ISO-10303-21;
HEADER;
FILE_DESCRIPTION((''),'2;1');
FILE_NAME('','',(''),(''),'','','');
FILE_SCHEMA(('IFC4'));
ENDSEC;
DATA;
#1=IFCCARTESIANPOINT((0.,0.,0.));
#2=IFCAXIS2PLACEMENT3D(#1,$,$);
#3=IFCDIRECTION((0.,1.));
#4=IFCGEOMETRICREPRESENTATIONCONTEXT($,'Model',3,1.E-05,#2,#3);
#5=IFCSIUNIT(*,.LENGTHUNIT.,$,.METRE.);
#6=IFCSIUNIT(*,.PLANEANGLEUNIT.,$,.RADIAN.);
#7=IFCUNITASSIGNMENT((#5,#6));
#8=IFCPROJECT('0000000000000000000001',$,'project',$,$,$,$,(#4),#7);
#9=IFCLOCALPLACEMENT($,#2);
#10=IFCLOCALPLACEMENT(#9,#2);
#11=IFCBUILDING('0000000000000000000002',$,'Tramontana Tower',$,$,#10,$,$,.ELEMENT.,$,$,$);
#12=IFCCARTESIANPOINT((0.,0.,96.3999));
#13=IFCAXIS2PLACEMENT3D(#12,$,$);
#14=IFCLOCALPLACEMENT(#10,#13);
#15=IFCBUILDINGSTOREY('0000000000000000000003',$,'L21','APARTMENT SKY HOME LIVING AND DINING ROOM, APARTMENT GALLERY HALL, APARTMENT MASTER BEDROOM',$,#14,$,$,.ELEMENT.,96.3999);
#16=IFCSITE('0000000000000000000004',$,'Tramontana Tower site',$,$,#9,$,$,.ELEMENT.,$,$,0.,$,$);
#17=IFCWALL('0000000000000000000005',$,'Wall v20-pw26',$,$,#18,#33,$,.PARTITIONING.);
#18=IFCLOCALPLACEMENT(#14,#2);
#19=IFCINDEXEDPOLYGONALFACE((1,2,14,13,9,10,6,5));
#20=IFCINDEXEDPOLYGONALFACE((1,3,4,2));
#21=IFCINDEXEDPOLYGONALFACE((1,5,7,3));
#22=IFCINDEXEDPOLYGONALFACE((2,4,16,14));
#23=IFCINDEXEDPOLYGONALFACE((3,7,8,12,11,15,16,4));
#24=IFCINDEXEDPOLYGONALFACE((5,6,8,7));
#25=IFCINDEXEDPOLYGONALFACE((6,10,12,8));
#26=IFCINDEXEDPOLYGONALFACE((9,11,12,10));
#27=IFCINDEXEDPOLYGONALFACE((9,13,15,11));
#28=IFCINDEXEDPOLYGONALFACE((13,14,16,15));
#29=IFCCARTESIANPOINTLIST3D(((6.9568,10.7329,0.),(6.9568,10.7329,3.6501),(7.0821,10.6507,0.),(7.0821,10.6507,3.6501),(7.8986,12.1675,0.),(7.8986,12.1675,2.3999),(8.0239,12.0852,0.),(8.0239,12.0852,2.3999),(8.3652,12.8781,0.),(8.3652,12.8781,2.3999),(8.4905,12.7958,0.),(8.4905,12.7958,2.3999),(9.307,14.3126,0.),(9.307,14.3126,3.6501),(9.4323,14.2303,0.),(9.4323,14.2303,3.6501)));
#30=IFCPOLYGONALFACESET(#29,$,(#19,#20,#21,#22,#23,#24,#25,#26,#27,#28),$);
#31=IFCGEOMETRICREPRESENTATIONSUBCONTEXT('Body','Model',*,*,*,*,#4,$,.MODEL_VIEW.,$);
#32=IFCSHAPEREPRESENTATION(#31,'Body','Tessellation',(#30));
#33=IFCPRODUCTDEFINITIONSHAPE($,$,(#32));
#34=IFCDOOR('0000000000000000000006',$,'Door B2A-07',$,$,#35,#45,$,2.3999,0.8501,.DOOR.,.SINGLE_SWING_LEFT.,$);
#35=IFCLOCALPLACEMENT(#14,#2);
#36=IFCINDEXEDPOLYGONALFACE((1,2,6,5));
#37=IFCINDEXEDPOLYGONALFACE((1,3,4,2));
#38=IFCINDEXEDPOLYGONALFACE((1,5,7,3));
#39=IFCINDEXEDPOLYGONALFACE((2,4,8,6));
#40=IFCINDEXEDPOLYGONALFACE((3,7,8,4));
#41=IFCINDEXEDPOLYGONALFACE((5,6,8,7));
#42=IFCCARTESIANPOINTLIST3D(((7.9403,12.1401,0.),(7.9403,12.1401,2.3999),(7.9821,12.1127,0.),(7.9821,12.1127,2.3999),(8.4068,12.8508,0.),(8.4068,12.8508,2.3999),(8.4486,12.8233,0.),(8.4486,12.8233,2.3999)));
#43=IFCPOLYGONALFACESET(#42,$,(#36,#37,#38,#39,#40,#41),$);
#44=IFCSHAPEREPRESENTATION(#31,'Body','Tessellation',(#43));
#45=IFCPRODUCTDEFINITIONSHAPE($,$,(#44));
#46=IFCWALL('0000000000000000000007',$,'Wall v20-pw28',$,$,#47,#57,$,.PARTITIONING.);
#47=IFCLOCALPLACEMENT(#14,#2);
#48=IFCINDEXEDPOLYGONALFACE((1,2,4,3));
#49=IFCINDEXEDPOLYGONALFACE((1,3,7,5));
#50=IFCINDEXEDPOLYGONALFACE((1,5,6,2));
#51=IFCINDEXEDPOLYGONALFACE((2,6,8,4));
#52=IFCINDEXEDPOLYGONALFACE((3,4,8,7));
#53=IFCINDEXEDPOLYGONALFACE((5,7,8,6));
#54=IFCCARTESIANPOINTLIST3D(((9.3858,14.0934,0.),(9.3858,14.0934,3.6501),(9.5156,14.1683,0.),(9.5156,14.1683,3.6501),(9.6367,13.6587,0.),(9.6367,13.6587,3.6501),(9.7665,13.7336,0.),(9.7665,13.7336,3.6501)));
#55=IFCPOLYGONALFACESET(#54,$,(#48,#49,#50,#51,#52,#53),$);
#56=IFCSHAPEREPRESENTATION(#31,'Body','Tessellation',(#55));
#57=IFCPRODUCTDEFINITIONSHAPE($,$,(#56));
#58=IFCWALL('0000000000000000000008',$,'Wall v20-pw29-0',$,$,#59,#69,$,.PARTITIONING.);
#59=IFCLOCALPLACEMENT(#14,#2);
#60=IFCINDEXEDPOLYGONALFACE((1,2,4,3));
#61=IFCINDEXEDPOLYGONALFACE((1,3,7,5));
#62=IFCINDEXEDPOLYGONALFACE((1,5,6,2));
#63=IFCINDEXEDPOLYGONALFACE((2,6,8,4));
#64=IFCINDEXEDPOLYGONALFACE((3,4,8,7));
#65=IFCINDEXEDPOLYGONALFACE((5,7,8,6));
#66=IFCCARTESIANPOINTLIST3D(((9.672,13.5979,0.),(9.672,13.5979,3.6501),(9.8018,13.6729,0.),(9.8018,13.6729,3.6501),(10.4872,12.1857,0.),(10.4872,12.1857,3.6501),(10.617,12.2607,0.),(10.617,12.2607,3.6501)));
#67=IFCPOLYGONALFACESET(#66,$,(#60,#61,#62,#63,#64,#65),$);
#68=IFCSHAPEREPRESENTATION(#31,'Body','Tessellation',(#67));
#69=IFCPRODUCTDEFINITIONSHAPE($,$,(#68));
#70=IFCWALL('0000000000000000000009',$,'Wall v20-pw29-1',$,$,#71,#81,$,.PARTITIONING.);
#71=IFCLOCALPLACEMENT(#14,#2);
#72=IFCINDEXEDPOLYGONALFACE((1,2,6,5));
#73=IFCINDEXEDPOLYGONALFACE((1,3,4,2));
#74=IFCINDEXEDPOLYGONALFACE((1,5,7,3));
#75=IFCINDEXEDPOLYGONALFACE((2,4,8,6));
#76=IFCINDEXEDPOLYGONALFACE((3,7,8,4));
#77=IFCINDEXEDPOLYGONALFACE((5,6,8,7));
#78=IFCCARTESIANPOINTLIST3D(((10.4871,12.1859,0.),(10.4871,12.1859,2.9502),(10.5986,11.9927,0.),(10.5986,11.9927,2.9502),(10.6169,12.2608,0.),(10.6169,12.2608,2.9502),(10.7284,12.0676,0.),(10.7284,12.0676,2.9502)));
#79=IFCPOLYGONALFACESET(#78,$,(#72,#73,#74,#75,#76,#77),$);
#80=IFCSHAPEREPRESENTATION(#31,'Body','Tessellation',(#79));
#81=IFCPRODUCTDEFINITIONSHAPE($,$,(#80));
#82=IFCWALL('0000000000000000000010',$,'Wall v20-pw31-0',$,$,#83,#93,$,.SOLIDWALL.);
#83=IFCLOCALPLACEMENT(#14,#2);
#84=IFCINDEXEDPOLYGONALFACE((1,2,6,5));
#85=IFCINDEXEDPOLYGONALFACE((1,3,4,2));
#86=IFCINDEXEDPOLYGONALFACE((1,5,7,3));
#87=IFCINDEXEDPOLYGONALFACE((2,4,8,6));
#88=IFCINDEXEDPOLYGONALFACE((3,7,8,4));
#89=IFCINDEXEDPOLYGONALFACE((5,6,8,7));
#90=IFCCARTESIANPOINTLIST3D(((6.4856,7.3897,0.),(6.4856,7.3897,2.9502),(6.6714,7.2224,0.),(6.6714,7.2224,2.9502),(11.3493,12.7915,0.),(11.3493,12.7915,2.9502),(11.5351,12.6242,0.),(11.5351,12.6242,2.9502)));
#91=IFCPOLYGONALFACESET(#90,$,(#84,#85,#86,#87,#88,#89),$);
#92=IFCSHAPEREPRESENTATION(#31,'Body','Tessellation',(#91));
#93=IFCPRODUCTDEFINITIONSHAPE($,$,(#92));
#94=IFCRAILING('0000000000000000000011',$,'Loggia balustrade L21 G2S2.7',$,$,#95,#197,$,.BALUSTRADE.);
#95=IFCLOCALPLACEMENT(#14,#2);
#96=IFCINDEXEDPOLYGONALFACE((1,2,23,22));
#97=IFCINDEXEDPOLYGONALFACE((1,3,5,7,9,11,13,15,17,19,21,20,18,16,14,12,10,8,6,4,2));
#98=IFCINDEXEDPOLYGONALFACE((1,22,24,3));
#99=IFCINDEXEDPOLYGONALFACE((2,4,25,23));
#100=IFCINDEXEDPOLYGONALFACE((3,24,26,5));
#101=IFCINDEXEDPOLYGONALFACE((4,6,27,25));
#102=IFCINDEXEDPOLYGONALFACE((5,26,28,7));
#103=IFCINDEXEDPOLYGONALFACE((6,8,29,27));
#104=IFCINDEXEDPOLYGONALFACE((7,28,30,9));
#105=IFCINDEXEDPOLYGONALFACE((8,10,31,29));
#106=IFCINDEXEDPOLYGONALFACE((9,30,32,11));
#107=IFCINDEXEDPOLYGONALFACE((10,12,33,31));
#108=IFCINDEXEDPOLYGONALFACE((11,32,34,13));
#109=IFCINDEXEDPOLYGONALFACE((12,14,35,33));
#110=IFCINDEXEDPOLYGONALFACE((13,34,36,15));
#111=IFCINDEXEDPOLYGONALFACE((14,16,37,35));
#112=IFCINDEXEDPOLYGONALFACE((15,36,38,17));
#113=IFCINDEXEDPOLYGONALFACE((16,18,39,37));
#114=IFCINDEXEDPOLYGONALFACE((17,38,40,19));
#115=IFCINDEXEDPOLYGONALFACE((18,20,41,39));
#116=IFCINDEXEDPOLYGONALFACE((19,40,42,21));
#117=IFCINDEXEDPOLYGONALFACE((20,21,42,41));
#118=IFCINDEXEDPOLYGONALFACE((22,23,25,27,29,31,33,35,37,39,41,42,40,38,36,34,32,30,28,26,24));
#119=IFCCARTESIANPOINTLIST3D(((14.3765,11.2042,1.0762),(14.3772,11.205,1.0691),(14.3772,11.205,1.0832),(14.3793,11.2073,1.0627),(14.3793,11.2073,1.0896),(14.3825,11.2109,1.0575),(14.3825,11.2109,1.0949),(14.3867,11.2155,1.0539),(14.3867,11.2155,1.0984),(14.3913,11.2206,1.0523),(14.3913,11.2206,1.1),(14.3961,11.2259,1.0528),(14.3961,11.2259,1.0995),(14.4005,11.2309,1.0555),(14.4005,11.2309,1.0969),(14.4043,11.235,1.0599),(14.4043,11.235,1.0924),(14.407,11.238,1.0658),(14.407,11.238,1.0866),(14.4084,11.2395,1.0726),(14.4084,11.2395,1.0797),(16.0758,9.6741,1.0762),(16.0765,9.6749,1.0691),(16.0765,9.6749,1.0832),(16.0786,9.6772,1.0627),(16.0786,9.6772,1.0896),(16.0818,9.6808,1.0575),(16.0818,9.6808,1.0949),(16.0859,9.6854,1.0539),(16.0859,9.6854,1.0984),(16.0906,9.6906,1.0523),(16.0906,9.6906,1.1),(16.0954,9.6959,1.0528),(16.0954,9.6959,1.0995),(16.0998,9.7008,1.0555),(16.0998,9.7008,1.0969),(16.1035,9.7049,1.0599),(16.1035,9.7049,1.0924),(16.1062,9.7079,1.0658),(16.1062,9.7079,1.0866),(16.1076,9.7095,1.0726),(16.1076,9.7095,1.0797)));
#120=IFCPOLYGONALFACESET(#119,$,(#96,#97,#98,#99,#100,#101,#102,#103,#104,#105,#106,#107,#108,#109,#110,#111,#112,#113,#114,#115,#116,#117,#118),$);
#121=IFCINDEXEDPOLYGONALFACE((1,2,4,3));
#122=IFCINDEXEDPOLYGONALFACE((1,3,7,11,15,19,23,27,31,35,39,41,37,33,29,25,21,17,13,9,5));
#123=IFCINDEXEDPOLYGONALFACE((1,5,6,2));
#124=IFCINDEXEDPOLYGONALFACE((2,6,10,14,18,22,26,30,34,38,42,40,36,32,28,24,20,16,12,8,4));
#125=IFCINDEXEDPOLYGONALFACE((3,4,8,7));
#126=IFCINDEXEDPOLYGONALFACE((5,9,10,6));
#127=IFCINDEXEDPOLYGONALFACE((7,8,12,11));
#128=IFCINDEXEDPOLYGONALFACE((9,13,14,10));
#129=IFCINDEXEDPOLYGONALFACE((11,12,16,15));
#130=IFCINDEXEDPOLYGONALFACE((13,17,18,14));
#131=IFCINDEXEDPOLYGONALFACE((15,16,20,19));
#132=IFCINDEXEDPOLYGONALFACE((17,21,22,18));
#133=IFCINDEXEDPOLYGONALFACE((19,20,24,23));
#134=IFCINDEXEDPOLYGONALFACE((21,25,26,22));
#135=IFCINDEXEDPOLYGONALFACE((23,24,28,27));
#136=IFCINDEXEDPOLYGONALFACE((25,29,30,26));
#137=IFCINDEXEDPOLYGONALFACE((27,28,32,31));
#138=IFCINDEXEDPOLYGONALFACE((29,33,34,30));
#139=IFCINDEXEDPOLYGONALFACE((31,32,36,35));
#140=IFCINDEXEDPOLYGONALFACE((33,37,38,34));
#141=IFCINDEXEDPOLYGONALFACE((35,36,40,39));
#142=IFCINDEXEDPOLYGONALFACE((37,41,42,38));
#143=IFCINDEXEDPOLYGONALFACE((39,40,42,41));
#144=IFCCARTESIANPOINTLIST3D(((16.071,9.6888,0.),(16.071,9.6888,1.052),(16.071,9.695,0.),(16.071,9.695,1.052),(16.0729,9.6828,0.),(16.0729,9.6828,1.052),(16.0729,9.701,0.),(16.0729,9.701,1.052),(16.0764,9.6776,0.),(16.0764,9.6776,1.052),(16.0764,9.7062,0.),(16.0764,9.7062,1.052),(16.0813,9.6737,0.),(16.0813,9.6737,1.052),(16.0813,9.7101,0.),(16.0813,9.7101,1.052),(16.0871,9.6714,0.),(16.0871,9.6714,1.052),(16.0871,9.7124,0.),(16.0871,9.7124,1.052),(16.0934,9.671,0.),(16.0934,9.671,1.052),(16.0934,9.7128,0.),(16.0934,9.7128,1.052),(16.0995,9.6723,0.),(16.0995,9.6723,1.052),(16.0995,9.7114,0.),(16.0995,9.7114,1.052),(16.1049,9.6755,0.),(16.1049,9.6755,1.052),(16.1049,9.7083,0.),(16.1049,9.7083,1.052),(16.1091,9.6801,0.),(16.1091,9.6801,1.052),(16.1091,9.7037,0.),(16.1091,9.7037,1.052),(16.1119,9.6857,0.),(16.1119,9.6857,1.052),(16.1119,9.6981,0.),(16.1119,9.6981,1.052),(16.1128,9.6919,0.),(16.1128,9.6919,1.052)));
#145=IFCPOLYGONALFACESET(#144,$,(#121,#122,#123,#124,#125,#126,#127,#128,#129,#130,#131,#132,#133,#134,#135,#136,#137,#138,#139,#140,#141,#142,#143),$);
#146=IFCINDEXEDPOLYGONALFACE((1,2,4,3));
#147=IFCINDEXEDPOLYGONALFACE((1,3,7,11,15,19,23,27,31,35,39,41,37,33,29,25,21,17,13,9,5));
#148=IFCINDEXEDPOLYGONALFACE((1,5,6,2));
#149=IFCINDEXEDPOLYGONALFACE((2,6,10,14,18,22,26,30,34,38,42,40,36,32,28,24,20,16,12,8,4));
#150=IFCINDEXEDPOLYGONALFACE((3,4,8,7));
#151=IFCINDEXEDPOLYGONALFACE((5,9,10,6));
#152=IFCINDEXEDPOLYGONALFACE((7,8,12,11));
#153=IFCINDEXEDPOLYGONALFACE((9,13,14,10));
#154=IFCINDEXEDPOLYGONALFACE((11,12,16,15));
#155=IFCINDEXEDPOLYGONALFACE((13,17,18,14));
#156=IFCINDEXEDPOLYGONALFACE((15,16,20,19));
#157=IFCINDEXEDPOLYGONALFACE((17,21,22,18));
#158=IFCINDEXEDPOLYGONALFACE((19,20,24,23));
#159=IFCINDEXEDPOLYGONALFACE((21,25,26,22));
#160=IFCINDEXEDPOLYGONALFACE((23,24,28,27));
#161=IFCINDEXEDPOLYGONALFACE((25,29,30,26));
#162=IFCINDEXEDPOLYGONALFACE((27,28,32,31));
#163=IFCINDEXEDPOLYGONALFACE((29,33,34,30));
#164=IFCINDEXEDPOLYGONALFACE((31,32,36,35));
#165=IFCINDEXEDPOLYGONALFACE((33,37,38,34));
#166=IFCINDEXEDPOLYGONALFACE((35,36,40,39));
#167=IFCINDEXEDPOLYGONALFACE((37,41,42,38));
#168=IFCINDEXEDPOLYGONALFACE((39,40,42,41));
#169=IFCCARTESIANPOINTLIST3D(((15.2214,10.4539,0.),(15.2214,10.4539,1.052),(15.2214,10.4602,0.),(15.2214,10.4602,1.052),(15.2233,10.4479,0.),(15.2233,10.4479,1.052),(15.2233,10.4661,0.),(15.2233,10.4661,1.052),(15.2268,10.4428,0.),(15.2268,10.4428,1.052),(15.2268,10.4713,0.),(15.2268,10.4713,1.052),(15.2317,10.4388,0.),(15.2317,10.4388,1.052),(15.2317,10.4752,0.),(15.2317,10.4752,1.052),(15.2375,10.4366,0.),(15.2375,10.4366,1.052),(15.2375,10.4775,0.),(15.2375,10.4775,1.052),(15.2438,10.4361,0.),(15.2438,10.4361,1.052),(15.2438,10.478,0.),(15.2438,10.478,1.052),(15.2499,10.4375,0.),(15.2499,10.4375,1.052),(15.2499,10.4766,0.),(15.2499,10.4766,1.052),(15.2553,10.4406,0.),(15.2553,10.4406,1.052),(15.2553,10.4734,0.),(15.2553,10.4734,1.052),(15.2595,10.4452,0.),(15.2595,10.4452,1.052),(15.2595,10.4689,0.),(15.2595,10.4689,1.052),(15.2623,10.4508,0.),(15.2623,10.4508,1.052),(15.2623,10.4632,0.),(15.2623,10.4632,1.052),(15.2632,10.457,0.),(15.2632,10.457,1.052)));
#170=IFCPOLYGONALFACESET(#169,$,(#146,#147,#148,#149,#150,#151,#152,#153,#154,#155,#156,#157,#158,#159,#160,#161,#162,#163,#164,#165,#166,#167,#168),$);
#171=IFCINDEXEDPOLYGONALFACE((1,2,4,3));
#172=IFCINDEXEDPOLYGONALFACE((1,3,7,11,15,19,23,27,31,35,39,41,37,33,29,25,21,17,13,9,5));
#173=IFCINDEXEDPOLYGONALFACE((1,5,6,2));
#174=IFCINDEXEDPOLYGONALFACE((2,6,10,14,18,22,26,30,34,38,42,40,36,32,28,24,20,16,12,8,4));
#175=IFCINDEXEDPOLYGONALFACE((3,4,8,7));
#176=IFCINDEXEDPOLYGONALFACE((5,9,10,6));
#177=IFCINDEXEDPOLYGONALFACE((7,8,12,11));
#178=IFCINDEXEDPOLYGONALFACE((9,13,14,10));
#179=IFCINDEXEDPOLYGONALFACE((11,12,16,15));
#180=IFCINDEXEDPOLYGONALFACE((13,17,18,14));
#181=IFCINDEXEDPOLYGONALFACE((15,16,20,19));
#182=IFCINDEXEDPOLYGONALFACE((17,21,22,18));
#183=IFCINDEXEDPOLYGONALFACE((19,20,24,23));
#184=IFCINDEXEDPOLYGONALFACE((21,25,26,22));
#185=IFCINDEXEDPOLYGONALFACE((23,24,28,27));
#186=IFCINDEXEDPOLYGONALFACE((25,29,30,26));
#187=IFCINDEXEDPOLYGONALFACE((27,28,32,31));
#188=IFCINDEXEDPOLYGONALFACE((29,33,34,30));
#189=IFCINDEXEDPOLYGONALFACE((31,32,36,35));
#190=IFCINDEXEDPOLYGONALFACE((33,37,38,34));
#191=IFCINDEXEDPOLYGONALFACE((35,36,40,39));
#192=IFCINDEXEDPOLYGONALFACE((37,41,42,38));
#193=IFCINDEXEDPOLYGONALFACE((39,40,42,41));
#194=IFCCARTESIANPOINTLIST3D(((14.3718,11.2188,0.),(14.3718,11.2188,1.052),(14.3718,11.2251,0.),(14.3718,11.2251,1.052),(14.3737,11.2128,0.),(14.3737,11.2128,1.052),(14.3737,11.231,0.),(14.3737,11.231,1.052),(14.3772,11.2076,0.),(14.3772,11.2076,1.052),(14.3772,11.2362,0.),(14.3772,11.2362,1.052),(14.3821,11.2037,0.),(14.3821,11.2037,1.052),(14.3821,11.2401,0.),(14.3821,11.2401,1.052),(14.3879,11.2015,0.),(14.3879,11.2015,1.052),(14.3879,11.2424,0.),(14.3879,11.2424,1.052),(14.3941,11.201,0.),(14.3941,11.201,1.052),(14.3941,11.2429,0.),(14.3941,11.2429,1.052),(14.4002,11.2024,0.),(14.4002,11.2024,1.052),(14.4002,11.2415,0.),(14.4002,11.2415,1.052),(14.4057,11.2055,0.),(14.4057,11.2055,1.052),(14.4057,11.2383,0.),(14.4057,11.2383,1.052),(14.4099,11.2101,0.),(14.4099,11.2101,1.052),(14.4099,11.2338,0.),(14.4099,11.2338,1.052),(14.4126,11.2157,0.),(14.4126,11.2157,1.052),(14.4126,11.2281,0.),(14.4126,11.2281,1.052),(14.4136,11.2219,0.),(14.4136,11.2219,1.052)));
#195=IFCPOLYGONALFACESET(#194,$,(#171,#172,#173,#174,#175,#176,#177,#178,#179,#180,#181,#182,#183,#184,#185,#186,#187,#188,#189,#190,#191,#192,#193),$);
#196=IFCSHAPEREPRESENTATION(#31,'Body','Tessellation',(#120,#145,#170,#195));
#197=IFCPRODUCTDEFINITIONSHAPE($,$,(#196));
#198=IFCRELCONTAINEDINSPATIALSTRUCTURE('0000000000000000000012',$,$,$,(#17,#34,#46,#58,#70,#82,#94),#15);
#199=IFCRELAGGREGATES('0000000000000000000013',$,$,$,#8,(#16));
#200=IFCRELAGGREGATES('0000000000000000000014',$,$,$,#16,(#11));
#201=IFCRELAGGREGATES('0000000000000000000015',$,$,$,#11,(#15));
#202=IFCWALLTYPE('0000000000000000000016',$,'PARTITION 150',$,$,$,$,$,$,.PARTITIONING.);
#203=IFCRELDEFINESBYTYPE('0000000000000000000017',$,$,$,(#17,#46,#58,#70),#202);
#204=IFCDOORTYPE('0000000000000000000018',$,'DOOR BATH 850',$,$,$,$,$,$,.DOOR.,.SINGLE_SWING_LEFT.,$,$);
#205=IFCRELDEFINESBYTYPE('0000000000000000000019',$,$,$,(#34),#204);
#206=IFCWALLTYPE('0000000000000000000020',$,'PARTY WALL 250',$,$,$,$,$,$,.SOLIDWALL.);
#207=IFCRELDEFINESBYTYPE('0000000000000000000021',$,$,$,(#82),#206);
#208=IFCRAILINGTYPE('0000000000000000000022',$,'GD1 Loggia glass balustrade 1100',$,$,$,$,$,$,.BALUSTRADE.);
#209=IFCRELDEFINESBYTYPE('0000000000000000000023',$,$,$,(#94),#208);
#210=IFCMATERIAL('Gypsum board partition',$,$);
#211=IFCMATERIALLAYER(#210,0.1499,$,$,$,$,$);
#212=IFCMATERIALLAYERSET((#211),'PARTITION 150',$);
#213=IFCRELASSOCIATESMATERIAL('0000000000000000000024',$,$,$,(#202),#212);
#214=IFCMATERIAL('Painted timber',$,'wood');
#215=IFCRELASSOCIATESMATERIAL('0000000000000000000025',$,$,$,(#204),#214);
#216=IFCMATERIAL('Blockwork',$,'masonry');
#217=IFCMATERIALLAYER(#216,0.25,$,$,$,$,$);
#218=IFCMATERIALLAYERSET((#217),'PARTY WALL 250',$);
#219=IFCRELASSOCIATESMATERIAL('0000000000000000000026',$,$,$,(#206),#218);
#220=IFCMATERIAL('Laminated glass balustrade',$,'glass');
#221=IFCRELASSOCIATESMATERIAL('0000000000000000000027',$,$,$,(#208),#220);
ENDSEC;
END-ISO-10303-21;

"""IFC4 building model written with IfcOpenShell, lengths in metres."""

from ifc_helpers import new_model, si_unit, direction, frame, frame_2d, origin, origin_2d, place, context, subcontext, project, spatial, rectangle, circle, extrude, material, layer, layer_set, type_object, element, fill, save


model = new_model("IFC4")

# Units and contexts
model_context = context("Model", 3, precision=1e-05, world=origin(), true_north=direction((0.0, 1.0)))
body_context = subcontext(model_context, "Body", "Model", "MODEL_VIEW")
ifc_project = project(units=[si_unit("LENGTHUNIT", "METRE"), si_unit("PLANEANGLEUNIT", "RADIAN")], contexts=[model_context])

# Site, building, storey
site_placement = place(None, origin())
site = spatial("IfcSite", under=ifc_project, at=site_placement, Name="Tramontana Tower site", CompositionType="ELEMENT", RefElevation=0.0)
building_placement = place(site_placement, origin())
building = spatial("IfcBuilding", under=site, at=building_placement, Name="Tramontana Tower", CompositionType="ELEMENT")
storey_placement = place(building_placement, frame((0.0, 0.0, 96.3999)))
storey = spatial("IfcBuildingStorey", under=building, at=storey_placement, Name="L21", Description="APARTMENT SKY HOME LIVING AND DINING ROOM, APARTMENT GALLERY HALL, APARTMENT MASTER BEDROOM", CompositionType="ELEMENT", Elevation=96.3999)

# Shared definitions
ifc_material_1 = material(Name="Gypsum board partition")
ifc_layer_1 = layer(ifc_material_1, 0.1499)
ifc_layer_set_1 = layer_set([ifc_layer_1], Name="PARTITION 150")
wall_type_1 = type_object("IfcWallType", Name="PARTITION 150", PredefinedType="PARTITIONING", material=ifc_layer_set_1)

# Wall, opening, door
wall_1_placement = place(storey_placement, frame((9.3696, 14.2715, 0.0), z_axis=(0.0, 0.0, 1.0), x_axis=(-0.548818, -0.835942, 0.0)))
wall_1 = element("IfcWall", 1, at=wall_1_placement, inside=storey, type_object=wall_type_1, Name="Wall v20-pw26", PredefinedType="PARTITIONING", context=body_context, shape_type="SweptSolid", body=[
    extrude(rectangle(XDim=4.2822, YDim=0.1499, at=frame_2d((2.1411, 0.0))), origin(), (0.0, 0.0, 1.0), 3.6501),
])
opening_1_placement = place(wall_1_placement, frame((1.7161, 0.0, 0.0)))
opening_1 = element("IfcOpeningElement", 2, at=opening_1_placement, cuts=wall_1, PredefinedType="OPENING", context=body_context, shape_type="SweptSolid", body=[
    extrude(rectangle(XDim=0.8501, YDim=2.3999, at=frame_2d((0.425, 1.2))), frame((0.0, 0.085, 0.0), z_axis=(0.0, -1.0, 0.0), x_axis=(1.0, 0.0, 0.0)), (0.0, 0.0, 1.0), 0.1699),
])
ifc_material_2 = material(Name="Painted timber", Category="wood")
door_type_1 = type_object("IfcDoorType", Name="DOOR BATH 850", OperationType="SINGLE_SWING_LEFT", PredefinedType="DOOR", material=ifc_material_2)
door_1_placement = place(opening_1_placement, origin())
door_1 = element("IfcDoor", 3, at=door_1_placement, inside=storey, type_object=door_type_1, Name="Door B2A-07", OperationType="SINGLE_SWING_LEFT", OverallHeight=2.3999, OverallWidth=0.8501, PredefinedType="DOOR", context=body_context, shape_type="SweptSolid", body=[
    extrude(rectangle(XDim=0.8501, YDim=2.3999, at=frame_2d((0.425, 1.2))), frame((0.0, 0.0249, 0.0), z_axis=(0.0, -1.0, 0.0), x_axis=(1.0, 0.0, 0.0)), (0.0, 0.0, 1.0), 0.05),
])
fill(opening_1, door_1)

# Walls
wall_2_placement = place(storey_placement, frame((9.4507, 14.1309, 0.0), z_axis=(0.0, 0.0, 1.0), x_axis=(0.499905, -0.86608, 0.0)))
element("IfcWall", 4, at=wall_2_placement, inside=storey, type_object=wall_type_1, Name="Wall v20-pw28", PredefinedType="PARTITIONING", context=body_context, shape_type="SweptSolid", body=[
    extrude(rectangle(XDim=0.502, YDim=0.1499, at=frame_2d((0.251, 0.0))), origin(), (0.0, 0.0, 1.0), 3.6501),
])
wall_3_placement = place(storey_placement, frame((9.7368, 13.6355, 0.0), z_axis=(0.0, 0.0, 1.0), x_axis=(0.499956, -0.866051, 0.0)))
element("IfcWall", 5, at=wall_3_placement, inside=storey, type_object=wall_type_1, Name="Wall v20-pw29-0", PredefinedType="PARTITIONING", context=body_context, shape_type="SweptSolid", body=[
    extrude(rectangle(XDim=1.6306, YDim=0.1499, at=frame_2d((0.8154, 0.0))), origin(), (0.0, 0.0, 1.0), 3.6501),
])
wall_4_placement = place(storey_placement, frame((10.552, 12.2234, 0.0), z_axis=(0.0, 0.0, 1.0), x_axis=(0.499786, -0.866149, 0.0)))
element("IfcWall", 6, at=wall_4_placement, inside=storey, type_object=wall_type_1, Name="Wall v20-pw29-1", PredefinedType="PARTITIONING", context=body_context, shape_type="SweptSolid", body=[
    extrude(rectangle(XDim=0.2231, YDim=0.1499, at=frame_2d((0.1116, 0.0))), origin(), (0.0, 0.0, 1.0), 2.9502),
])
ifc_material_3 = material(Name="Blockwork", Category="masonry")
ifc_layer_2 = layer(ifc_material_3, 0.25)
ifc_layer_set_2 = layer_set([ifc_layer_2], Name="PARTY WALL 250")
wall_type_2 = type_object("IfcWallType", Name="PARTY WALL 250", PredefinedType="SOLIDWALL", material=ifc_layer_set_2)
wall_5_placement = place(storey_placement, frame((11.4421, 12.7078, 0.0), z_axis=(0.0, 0.0, 1.0), x_axis=(-0.669124, -0.743151, 0.0)))
element("IfcWall", 7, at=wall_5_placement, inside=storey, type_object=wall_type_2, Name="Wall v20-pw31-0", PredefinedType="SOLIDWALL", context=body_context, shape_type="SweptSolid", body=[
    extrude(rectangle(XDim=7.2688, YDim=0.25, at=frame_2d((3.6343, 0.0))), origin(), (0.0, 0.0, 1.0), 2.9502),
])

# Railing
ifc_material_4 = material(Name="Laminated glass balustrade", Category="glass")
railing_type = type_object("IfcRailingType", Name="GD1 Loggia glass balustrade 1100", PredefinedType="BALUSTRADE", material=ifc_material_4)
railing_1_placement = place(storey_placement, frame((16.0918, 9.6919, 0.0)))
element("IfcRailing", 8, at=railing_1_placement, inside=storey, type_object=railing_type, Name="Loggia balustrade L21 G2S2.7", PredefinedType="BALUSTRADE", context=body_context, shape_type="SweptSolid", body=[
    extrude(circle(Radius=0.0239, at=origin_2d()), frame((0.0, 0.0, 1.0762), z_axis=(-0.743135, 0.669142, 0.0), x_axis=(-0.669142, -0.743135, 0.0)), (0.0, 0.0, 1.0), 2.2866),
    extrude(circle(Radius=0.021, at=origin_2d()), origin(), (0.0, 0.0, 1.0), 1.052),
    extrude(circle(Radius=0.021, at=origin_2d()), frame((-0.8496, 0.7651, 0.0)), (0.0, 0.0, 1.0), 1.052),
    extrude(circle(Radius=0.021, at=origin_2d()), frame((-1.6992, 1.53, 0.0)), (0.0, 0.0, 1.0), 1.052),
])

save(model, "model.ifc")
